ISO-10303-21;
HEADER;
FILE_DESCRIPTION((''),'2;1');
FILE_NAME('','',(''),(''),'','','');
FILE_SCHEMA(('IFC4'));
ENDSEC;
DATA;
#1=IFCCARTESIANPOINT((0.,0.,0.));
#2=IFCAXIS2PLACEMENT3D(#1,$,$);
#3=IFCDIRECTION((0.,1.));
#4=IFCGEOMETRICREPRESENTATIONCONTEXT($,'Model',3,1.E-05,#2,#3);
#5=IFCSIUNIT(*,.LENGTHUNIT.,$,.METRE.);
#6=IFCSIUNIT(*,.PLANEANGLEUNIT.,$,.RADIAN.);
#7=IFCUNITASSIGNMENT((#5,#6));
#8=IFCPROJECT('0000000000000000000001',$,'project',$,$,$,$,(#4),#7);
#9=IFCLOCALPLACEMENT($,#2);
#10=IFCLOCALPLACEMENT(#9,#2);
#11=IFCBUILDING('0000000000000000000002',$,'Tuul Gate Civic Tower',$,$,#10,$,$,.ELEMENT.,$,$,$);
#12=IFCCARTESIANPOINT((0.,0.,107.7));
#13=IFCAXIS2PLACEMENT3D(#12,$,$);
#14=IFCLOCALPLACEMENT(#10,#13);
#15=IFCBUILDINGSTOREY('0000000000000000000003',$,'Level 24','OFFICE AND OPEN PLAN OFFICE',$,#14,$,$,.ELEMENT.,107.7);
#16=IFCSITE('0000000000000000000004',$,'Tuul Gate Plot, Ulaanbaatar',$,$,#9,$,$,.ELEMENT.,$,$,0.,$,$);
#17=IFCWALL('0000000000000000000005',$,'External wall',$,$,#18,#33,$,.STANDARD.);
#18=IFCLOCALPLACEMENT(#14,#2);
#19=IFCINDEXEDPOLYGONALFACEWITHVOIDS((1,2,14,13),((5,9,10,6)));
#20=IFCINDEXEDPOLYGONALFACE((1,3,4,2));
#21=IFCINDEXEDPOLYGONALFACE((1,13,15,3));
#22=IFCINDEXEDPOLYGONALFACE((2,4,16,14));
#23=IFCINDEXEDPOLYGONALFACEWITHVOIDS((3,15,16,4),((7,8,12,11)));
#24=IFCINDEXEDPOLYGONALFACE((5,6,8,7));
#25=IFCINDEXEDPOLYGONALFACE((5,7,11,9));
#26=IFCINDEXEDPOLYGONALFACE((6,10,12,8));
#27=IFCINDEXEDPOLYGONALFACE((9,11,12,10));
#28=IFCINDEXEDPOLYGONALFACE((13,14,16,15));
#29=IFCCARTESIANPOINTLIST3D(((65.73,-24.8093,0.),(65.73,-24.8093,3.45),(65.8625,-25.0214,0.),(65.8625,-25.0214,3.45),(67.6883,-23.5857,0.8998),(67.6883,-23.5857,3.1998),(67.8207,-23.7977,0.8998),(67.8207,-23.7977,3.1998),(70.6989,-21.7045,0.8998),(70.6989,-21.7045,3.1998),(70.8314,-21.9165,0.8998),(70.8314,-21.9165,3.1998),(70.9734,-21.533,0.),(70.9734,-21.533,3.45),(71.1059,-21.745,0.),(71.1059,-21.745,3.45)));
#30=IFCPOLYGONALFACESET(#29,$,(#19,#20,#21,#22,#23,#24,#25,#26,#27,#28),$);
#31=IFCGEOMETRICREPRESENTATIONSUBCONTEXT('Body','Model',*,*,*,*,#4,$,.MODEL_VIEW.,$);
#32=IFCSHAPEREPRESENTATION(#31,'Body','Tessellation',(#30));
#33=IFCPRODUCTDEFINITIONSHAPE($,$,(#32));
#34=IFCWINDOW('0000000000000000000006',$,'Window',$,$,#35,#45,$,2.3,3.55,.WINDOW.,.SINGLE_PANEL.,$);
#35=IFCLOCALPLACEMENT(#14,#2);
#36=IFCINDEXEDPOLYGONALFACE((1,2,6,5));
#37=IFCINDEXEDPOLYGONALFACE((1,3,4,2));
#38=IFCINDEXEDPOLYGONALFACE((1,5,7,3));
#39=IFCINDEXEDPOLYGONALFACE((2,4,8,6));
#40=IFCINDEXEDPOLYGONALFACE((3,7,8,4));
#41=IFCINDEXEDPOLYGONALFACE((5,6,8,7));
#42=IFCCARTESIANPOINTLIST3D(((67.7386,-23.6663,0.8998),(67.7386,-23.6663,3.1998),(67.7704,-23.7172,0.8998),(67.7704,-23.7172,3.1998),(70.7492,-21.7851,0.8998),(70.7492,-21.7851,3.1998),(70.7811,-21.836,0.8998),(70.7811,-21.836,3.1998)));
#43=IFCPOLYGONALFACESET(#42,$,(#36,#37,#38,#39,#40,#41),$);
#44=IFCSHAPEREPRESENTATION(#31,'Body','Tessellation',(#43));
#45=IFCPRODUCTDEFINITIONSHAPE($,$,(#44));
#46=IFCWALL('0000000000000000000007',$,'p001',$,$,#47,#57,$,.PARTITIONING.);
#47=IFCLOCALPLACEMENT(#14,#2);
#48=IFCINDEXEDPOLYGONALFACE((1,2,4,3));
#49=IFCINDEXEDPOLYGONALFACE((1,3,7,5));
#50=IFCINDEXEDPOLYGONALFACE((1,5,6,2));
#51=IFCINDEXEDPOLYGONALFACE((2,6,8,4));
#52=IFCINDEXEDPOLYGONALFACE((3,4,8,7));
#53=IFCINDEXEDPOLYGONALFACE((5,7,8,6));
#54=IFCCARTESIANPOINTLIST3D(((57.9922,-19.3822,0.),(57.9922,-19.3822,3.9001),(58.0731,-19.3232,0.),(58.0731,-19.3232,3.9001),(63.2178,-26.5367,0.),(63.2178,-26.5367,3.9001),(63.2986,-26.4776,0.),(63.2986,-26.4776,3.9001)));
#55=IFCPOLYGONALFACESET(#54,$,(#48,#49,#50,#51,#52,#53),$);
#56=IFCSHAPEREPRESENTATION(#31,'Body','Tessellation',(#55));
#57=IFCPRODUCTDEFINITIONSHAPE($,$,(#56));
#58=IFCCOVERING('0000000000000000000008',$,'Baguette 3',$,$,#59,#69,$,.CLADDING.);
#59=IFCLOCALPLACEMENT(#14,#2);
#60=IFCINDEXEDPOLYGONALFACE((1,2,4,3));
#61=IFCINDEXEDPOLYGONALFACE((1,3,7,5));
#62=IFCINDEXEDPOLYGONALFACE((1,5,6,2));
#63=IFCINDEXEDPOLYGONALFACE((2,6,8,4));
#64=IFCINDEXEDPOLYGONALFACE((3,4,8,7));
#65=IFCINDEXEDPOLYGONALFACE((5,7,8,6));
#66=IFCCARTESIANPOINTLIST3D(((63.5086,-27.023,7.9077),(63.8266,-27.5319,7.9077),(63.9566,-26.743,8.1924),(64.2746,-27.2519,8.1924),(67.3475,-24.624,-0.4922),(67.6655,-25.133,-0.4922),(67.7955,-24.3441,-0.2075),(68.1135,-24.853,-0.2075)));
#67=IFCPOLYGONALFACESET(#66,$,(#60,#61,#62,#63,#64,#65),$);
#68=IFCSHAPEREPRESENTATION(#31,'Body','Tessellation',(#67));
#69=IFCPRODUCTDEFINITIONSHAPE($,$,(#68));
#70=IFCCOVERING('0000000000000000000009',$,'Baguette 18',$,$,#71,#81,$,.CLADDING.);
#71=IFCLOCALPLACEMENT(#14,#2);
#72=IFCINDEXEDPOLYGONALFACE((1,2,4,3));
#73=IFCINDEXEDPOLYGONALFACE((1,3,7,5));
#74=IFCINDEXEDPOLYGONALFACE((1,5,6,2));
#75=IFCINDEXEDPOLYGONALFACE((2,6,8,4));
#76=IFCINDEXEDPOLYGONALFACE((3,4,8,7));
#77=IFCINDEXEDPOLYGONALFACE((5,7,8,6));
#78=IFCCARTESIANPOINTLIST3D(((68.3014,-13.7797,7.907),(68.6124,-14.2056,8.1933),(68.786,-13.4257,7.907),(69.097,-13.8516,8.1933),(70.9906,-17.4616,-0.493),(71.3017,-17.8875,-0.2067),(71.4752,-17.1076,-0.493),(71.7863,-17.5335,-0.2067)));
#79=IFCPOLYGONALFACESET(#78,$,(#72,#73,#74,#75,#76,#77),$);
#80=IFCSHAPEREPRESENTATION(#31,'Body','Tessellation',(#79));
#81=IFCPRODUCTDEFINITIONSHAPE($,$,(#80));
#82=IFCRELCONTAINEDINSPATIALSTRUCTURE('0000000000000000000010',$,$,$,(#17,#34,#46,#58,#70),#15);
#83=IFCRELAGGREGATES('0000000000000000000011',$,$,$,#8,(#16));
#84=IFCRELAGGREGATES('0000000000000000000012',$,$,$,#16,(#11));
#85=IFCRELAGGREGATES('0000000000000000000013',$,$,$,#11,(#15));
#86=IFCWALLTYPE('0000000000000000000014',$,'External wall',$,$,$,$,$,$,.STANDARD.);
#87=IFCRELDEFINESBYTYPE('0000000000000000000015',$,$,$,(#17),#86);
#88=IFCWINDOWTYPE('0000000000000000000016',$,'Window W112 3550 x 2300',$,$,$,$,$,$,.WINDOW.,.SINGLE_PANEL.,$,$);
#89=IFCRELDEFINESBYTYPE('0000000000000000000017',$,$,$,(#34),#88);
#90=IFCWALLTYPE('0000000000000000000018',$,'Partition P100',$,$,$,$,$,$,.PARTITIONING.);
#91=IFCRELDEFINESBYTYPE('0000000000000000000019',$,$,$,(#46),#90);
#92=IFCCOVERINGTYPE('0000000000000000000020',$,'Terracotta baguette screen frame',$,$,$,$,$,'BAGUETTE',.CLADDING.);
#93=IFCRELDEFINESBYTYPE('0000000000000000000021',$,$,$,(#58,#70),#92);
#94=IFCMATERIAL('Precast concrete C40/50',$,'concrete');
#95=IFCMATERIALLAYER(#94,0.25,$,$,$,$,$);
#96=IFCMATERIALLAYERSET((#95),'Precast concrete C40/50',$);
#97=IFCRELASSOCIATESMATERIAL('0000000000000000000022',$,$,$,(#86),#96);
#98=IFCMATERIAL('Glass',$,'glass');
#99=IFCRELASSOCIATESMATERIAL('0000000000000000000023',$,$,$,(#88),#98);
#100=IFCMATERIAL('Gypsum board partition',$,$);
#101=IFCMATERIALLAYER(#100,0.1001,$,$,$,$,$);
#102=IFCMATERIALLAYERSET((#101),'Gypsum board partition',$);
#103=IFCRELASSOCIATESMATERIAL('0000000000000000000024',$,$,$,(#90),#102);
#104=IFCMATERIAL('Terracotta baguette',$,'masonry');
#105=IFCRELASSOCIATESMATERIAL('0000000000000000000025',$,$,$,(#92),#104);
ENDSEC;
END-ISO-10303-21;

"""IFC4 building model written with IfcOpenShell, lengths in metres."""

from ifc_helpers import new_model, si_unit, direction, frame, frame_2d, origin, origin_2d, place, context, subcontext, project, spatial, rectangle, extrude, material, layer, layer_set, material_profile, profile_set, type_object, element, fill, save


model = new_model("IFC4")

# Units and contexts
model_context = context("Model", 3, precision=1e-05, world=origin(), true_north=direction((0.0, 1.0)))
body_context = subcontext(model_context, "Body", "Model", "MODEL_VIEW")
ifc_project = project(units=[si_unit("LENGTHUNIT", "METRE"), si_unit("PLANEANGLEUNIT", "RADIAN")], contexts=[model_context])

# Site, building, storey
site_placement = place(None, origin())
site = spatial("IfcSite", under=ifc_project, at=site_placement, Name="Tuul Gate Plot, Ulaanbaatar", CompositionType="ELEMENT", RefElevation=0.0)
building_placement = place(site_placement, origin())
building = spatial("IfcBuilding", under=site, at=building_placement, Name="Tuul Gate Civic Tower", CompositionType="ELEMENT")
storey_placement = place(building_placement, frame((0.0, 0.0, 107.7)))
storey = spatial("IfcBuildingStorey", under=building, at=storey_placement, Name="Level 24", Description="OFFICE AND OPEN PLAN OFFICE", CompositionType="ELEMENT", Elevation=107.7)

# Shared definitions
ifc_material_1 = material(Name="Precast concrete C40/50", Category="concrete")
ifc_layer_1 = layer(ifc_material_1, 0.25)
ifc_layer_set_1 = layer_set([ifc_layer_1], Name="Precast concrete C40/50")
wall_type_1 = type_object("IfcWallType", Name="External wall", PredefinedType="STANDARD", material=ifc_layer_set_1)

# Wall, opening, window
wall_1_placement = place(storey_placement, frame((65.7964, -24.9153, 0.0), z_axis=(0.0, 0.0, 1.0), x_axis=(0.848054, 0.52991, 0.0)))
wall_1 = element("IfcWall", 1, at=wall_1_placement, inside=storey, type_object=wall_type_1, Name="External wall", PredefinedType="STANDARD", context=body_context, shape_type="SweptSolid", body=[
    extrude(rectangle(XDim=6.1829, YDim=0.25, at=frame_2d((3.0913, 0.0))), origin(), (0.0, 0.0, 1.0), 3.45),
])
opening_1_placement = place(wall_1_placement, frame((2.3091, 0.0, 0.8999)))
opening_1 = element("IfcOpeningElement", 2, at=opening_1_placement, cuts=wall_1, PredefinedType="OPENING", context=body_context, shape_type="SweptSolid", body=[
    extrude(rectangle(XDim=3.55, YDim=2.3, at=frame_2d((1.7749, 1.1499))), frame((0.0, 0.135, 0.0), z_axis=(0.0, -1.0, 0.0), x_axis=(1.0, 0.0, 0.0)), (0.0, 0.0, 1.0), 0.27),
])
ifc_material_2 = material(Name="Glass", Category="glass")
window_type_1 = type_object("IfcWindowType", Name="Window W112 3550 x 2300", PartitioningType="SINGLE_PANEL", PredefinedType="WINDOW", material=ifc_material_2)
window_1_placement = place(opening_1_placement, origin())
window_1 = element("IfcWindow", 3, at=window_1_placement, inside=storey, type_object=window_type_1, Name="Window", OverallHeight=2.3, OverallWidth=3.55, PartitioningType="SINGLE_PANEL", PredefinedType="WINDOW", context=body_context, shape_type="SweptSolid", body=[
    extrude(rectangle(XDim=3.55, YDim=2.3, at=frame_2d((1.7749, 1.1499))), frame((0.0, 0.03, 0.0), z_axis=(0.0, -1.0, 0.0), x_axis=(1.0, 0.0, 0.0)), (0.0, 0.0, 1.0), 0.0601),
])
fill(opening_1, window_1)

# Wall
ifc_material_3 = material(Name="Gypsum board partition")
ifc_layer_2 = layer(ifc_material_3, 0.1001)
ifc_layer_set_2 = layer_set([ifc_layer_2], Name="Gypsum board partition")
wall_type_2 = type_object("IfcWallType", Name="Partition P100", PredefinedType="PARTITIONING", material=ifc_layer_set_2)
wall_2_placement = place(storey_placement, frame((58.0327, -19.3528, 0.0), z_axis=(0.0, 0.0, 1.0), x_axis=(0.589816, -0.807538, 0.0)))
element("IfcWall", 4, at=wall_2_placement, inside=storey, type_object=wall_type_2, Name="p001", PredefinedType="PARTITIONING", context=body_context, shape_type="SweptSolid", body=[
    extrude(rectangle(XDim=8.8596, YDim=0.1001, at=frame_2d((4.4297, 0.0))), origin(), (0.0, 0.0, 1.0), 3.9001),
])

# Coverings
ifc_material_4 = material(Name="Terracotta baguette", Category="masonry")
ifc_material_profile_1 = material_profile(ifc_material_4, rectangle(XDim=0.6001, YDim=0.6001, at=origin_2d()), Name="Terracotta baguette screen frame")
ifc_profile_set_1 = profile_set([ifc_material_profile_1], Name="Terracotta baguette")
covering_type = type_object("IfcCoveringType", Name="Terracotta baguette screen frame", ElementType="BAGUETTE", PredefinedType="CLADDING", material=ifc_profile_set_1)
covering_1_placement = place(storey_placement, frame((67.7305, -24.7385, -0.3499), z_axis=(-0.402312, -0.251407, 0.880307), x_axis=(0.529941, -0.848035, 0.0)))
element("IfcCovering", 5, at=covering_1_placement, inside=storey, type_object=covering_type, Name="Baguette 3", PredefinedType="CLADDING", context=body_context, shape_type="SweptSolid", body=[
    extrude(rectangle(XDim=0.6001, YDim=0.6001, at=origin_2d()), origin(), (0.0, 0.0, 1.0), 9.542),
])
covering_2_placement = place(storey_placement, frame((71.3884, -17.4976, -0.3499), z_axis=(-0.281371, 0.385234, 0.878877), x_axis=(-0.807537, -0.589817, 0.0)))
element("IfcCovering", 6, at=covering_2_placement, inside=storey, type_object=covering_type, Name="Baguette 18", PredefinedType="CLADDING", context=body_context, shape_type="SweptSolid", body=[
    extrude(rectangle(XDim=0.6001, YDim=0.6001, at=origin_2d()), origin(), (0.0, 0.0, 1.0), 9.5576),
])

save(model, "model.ifc")
